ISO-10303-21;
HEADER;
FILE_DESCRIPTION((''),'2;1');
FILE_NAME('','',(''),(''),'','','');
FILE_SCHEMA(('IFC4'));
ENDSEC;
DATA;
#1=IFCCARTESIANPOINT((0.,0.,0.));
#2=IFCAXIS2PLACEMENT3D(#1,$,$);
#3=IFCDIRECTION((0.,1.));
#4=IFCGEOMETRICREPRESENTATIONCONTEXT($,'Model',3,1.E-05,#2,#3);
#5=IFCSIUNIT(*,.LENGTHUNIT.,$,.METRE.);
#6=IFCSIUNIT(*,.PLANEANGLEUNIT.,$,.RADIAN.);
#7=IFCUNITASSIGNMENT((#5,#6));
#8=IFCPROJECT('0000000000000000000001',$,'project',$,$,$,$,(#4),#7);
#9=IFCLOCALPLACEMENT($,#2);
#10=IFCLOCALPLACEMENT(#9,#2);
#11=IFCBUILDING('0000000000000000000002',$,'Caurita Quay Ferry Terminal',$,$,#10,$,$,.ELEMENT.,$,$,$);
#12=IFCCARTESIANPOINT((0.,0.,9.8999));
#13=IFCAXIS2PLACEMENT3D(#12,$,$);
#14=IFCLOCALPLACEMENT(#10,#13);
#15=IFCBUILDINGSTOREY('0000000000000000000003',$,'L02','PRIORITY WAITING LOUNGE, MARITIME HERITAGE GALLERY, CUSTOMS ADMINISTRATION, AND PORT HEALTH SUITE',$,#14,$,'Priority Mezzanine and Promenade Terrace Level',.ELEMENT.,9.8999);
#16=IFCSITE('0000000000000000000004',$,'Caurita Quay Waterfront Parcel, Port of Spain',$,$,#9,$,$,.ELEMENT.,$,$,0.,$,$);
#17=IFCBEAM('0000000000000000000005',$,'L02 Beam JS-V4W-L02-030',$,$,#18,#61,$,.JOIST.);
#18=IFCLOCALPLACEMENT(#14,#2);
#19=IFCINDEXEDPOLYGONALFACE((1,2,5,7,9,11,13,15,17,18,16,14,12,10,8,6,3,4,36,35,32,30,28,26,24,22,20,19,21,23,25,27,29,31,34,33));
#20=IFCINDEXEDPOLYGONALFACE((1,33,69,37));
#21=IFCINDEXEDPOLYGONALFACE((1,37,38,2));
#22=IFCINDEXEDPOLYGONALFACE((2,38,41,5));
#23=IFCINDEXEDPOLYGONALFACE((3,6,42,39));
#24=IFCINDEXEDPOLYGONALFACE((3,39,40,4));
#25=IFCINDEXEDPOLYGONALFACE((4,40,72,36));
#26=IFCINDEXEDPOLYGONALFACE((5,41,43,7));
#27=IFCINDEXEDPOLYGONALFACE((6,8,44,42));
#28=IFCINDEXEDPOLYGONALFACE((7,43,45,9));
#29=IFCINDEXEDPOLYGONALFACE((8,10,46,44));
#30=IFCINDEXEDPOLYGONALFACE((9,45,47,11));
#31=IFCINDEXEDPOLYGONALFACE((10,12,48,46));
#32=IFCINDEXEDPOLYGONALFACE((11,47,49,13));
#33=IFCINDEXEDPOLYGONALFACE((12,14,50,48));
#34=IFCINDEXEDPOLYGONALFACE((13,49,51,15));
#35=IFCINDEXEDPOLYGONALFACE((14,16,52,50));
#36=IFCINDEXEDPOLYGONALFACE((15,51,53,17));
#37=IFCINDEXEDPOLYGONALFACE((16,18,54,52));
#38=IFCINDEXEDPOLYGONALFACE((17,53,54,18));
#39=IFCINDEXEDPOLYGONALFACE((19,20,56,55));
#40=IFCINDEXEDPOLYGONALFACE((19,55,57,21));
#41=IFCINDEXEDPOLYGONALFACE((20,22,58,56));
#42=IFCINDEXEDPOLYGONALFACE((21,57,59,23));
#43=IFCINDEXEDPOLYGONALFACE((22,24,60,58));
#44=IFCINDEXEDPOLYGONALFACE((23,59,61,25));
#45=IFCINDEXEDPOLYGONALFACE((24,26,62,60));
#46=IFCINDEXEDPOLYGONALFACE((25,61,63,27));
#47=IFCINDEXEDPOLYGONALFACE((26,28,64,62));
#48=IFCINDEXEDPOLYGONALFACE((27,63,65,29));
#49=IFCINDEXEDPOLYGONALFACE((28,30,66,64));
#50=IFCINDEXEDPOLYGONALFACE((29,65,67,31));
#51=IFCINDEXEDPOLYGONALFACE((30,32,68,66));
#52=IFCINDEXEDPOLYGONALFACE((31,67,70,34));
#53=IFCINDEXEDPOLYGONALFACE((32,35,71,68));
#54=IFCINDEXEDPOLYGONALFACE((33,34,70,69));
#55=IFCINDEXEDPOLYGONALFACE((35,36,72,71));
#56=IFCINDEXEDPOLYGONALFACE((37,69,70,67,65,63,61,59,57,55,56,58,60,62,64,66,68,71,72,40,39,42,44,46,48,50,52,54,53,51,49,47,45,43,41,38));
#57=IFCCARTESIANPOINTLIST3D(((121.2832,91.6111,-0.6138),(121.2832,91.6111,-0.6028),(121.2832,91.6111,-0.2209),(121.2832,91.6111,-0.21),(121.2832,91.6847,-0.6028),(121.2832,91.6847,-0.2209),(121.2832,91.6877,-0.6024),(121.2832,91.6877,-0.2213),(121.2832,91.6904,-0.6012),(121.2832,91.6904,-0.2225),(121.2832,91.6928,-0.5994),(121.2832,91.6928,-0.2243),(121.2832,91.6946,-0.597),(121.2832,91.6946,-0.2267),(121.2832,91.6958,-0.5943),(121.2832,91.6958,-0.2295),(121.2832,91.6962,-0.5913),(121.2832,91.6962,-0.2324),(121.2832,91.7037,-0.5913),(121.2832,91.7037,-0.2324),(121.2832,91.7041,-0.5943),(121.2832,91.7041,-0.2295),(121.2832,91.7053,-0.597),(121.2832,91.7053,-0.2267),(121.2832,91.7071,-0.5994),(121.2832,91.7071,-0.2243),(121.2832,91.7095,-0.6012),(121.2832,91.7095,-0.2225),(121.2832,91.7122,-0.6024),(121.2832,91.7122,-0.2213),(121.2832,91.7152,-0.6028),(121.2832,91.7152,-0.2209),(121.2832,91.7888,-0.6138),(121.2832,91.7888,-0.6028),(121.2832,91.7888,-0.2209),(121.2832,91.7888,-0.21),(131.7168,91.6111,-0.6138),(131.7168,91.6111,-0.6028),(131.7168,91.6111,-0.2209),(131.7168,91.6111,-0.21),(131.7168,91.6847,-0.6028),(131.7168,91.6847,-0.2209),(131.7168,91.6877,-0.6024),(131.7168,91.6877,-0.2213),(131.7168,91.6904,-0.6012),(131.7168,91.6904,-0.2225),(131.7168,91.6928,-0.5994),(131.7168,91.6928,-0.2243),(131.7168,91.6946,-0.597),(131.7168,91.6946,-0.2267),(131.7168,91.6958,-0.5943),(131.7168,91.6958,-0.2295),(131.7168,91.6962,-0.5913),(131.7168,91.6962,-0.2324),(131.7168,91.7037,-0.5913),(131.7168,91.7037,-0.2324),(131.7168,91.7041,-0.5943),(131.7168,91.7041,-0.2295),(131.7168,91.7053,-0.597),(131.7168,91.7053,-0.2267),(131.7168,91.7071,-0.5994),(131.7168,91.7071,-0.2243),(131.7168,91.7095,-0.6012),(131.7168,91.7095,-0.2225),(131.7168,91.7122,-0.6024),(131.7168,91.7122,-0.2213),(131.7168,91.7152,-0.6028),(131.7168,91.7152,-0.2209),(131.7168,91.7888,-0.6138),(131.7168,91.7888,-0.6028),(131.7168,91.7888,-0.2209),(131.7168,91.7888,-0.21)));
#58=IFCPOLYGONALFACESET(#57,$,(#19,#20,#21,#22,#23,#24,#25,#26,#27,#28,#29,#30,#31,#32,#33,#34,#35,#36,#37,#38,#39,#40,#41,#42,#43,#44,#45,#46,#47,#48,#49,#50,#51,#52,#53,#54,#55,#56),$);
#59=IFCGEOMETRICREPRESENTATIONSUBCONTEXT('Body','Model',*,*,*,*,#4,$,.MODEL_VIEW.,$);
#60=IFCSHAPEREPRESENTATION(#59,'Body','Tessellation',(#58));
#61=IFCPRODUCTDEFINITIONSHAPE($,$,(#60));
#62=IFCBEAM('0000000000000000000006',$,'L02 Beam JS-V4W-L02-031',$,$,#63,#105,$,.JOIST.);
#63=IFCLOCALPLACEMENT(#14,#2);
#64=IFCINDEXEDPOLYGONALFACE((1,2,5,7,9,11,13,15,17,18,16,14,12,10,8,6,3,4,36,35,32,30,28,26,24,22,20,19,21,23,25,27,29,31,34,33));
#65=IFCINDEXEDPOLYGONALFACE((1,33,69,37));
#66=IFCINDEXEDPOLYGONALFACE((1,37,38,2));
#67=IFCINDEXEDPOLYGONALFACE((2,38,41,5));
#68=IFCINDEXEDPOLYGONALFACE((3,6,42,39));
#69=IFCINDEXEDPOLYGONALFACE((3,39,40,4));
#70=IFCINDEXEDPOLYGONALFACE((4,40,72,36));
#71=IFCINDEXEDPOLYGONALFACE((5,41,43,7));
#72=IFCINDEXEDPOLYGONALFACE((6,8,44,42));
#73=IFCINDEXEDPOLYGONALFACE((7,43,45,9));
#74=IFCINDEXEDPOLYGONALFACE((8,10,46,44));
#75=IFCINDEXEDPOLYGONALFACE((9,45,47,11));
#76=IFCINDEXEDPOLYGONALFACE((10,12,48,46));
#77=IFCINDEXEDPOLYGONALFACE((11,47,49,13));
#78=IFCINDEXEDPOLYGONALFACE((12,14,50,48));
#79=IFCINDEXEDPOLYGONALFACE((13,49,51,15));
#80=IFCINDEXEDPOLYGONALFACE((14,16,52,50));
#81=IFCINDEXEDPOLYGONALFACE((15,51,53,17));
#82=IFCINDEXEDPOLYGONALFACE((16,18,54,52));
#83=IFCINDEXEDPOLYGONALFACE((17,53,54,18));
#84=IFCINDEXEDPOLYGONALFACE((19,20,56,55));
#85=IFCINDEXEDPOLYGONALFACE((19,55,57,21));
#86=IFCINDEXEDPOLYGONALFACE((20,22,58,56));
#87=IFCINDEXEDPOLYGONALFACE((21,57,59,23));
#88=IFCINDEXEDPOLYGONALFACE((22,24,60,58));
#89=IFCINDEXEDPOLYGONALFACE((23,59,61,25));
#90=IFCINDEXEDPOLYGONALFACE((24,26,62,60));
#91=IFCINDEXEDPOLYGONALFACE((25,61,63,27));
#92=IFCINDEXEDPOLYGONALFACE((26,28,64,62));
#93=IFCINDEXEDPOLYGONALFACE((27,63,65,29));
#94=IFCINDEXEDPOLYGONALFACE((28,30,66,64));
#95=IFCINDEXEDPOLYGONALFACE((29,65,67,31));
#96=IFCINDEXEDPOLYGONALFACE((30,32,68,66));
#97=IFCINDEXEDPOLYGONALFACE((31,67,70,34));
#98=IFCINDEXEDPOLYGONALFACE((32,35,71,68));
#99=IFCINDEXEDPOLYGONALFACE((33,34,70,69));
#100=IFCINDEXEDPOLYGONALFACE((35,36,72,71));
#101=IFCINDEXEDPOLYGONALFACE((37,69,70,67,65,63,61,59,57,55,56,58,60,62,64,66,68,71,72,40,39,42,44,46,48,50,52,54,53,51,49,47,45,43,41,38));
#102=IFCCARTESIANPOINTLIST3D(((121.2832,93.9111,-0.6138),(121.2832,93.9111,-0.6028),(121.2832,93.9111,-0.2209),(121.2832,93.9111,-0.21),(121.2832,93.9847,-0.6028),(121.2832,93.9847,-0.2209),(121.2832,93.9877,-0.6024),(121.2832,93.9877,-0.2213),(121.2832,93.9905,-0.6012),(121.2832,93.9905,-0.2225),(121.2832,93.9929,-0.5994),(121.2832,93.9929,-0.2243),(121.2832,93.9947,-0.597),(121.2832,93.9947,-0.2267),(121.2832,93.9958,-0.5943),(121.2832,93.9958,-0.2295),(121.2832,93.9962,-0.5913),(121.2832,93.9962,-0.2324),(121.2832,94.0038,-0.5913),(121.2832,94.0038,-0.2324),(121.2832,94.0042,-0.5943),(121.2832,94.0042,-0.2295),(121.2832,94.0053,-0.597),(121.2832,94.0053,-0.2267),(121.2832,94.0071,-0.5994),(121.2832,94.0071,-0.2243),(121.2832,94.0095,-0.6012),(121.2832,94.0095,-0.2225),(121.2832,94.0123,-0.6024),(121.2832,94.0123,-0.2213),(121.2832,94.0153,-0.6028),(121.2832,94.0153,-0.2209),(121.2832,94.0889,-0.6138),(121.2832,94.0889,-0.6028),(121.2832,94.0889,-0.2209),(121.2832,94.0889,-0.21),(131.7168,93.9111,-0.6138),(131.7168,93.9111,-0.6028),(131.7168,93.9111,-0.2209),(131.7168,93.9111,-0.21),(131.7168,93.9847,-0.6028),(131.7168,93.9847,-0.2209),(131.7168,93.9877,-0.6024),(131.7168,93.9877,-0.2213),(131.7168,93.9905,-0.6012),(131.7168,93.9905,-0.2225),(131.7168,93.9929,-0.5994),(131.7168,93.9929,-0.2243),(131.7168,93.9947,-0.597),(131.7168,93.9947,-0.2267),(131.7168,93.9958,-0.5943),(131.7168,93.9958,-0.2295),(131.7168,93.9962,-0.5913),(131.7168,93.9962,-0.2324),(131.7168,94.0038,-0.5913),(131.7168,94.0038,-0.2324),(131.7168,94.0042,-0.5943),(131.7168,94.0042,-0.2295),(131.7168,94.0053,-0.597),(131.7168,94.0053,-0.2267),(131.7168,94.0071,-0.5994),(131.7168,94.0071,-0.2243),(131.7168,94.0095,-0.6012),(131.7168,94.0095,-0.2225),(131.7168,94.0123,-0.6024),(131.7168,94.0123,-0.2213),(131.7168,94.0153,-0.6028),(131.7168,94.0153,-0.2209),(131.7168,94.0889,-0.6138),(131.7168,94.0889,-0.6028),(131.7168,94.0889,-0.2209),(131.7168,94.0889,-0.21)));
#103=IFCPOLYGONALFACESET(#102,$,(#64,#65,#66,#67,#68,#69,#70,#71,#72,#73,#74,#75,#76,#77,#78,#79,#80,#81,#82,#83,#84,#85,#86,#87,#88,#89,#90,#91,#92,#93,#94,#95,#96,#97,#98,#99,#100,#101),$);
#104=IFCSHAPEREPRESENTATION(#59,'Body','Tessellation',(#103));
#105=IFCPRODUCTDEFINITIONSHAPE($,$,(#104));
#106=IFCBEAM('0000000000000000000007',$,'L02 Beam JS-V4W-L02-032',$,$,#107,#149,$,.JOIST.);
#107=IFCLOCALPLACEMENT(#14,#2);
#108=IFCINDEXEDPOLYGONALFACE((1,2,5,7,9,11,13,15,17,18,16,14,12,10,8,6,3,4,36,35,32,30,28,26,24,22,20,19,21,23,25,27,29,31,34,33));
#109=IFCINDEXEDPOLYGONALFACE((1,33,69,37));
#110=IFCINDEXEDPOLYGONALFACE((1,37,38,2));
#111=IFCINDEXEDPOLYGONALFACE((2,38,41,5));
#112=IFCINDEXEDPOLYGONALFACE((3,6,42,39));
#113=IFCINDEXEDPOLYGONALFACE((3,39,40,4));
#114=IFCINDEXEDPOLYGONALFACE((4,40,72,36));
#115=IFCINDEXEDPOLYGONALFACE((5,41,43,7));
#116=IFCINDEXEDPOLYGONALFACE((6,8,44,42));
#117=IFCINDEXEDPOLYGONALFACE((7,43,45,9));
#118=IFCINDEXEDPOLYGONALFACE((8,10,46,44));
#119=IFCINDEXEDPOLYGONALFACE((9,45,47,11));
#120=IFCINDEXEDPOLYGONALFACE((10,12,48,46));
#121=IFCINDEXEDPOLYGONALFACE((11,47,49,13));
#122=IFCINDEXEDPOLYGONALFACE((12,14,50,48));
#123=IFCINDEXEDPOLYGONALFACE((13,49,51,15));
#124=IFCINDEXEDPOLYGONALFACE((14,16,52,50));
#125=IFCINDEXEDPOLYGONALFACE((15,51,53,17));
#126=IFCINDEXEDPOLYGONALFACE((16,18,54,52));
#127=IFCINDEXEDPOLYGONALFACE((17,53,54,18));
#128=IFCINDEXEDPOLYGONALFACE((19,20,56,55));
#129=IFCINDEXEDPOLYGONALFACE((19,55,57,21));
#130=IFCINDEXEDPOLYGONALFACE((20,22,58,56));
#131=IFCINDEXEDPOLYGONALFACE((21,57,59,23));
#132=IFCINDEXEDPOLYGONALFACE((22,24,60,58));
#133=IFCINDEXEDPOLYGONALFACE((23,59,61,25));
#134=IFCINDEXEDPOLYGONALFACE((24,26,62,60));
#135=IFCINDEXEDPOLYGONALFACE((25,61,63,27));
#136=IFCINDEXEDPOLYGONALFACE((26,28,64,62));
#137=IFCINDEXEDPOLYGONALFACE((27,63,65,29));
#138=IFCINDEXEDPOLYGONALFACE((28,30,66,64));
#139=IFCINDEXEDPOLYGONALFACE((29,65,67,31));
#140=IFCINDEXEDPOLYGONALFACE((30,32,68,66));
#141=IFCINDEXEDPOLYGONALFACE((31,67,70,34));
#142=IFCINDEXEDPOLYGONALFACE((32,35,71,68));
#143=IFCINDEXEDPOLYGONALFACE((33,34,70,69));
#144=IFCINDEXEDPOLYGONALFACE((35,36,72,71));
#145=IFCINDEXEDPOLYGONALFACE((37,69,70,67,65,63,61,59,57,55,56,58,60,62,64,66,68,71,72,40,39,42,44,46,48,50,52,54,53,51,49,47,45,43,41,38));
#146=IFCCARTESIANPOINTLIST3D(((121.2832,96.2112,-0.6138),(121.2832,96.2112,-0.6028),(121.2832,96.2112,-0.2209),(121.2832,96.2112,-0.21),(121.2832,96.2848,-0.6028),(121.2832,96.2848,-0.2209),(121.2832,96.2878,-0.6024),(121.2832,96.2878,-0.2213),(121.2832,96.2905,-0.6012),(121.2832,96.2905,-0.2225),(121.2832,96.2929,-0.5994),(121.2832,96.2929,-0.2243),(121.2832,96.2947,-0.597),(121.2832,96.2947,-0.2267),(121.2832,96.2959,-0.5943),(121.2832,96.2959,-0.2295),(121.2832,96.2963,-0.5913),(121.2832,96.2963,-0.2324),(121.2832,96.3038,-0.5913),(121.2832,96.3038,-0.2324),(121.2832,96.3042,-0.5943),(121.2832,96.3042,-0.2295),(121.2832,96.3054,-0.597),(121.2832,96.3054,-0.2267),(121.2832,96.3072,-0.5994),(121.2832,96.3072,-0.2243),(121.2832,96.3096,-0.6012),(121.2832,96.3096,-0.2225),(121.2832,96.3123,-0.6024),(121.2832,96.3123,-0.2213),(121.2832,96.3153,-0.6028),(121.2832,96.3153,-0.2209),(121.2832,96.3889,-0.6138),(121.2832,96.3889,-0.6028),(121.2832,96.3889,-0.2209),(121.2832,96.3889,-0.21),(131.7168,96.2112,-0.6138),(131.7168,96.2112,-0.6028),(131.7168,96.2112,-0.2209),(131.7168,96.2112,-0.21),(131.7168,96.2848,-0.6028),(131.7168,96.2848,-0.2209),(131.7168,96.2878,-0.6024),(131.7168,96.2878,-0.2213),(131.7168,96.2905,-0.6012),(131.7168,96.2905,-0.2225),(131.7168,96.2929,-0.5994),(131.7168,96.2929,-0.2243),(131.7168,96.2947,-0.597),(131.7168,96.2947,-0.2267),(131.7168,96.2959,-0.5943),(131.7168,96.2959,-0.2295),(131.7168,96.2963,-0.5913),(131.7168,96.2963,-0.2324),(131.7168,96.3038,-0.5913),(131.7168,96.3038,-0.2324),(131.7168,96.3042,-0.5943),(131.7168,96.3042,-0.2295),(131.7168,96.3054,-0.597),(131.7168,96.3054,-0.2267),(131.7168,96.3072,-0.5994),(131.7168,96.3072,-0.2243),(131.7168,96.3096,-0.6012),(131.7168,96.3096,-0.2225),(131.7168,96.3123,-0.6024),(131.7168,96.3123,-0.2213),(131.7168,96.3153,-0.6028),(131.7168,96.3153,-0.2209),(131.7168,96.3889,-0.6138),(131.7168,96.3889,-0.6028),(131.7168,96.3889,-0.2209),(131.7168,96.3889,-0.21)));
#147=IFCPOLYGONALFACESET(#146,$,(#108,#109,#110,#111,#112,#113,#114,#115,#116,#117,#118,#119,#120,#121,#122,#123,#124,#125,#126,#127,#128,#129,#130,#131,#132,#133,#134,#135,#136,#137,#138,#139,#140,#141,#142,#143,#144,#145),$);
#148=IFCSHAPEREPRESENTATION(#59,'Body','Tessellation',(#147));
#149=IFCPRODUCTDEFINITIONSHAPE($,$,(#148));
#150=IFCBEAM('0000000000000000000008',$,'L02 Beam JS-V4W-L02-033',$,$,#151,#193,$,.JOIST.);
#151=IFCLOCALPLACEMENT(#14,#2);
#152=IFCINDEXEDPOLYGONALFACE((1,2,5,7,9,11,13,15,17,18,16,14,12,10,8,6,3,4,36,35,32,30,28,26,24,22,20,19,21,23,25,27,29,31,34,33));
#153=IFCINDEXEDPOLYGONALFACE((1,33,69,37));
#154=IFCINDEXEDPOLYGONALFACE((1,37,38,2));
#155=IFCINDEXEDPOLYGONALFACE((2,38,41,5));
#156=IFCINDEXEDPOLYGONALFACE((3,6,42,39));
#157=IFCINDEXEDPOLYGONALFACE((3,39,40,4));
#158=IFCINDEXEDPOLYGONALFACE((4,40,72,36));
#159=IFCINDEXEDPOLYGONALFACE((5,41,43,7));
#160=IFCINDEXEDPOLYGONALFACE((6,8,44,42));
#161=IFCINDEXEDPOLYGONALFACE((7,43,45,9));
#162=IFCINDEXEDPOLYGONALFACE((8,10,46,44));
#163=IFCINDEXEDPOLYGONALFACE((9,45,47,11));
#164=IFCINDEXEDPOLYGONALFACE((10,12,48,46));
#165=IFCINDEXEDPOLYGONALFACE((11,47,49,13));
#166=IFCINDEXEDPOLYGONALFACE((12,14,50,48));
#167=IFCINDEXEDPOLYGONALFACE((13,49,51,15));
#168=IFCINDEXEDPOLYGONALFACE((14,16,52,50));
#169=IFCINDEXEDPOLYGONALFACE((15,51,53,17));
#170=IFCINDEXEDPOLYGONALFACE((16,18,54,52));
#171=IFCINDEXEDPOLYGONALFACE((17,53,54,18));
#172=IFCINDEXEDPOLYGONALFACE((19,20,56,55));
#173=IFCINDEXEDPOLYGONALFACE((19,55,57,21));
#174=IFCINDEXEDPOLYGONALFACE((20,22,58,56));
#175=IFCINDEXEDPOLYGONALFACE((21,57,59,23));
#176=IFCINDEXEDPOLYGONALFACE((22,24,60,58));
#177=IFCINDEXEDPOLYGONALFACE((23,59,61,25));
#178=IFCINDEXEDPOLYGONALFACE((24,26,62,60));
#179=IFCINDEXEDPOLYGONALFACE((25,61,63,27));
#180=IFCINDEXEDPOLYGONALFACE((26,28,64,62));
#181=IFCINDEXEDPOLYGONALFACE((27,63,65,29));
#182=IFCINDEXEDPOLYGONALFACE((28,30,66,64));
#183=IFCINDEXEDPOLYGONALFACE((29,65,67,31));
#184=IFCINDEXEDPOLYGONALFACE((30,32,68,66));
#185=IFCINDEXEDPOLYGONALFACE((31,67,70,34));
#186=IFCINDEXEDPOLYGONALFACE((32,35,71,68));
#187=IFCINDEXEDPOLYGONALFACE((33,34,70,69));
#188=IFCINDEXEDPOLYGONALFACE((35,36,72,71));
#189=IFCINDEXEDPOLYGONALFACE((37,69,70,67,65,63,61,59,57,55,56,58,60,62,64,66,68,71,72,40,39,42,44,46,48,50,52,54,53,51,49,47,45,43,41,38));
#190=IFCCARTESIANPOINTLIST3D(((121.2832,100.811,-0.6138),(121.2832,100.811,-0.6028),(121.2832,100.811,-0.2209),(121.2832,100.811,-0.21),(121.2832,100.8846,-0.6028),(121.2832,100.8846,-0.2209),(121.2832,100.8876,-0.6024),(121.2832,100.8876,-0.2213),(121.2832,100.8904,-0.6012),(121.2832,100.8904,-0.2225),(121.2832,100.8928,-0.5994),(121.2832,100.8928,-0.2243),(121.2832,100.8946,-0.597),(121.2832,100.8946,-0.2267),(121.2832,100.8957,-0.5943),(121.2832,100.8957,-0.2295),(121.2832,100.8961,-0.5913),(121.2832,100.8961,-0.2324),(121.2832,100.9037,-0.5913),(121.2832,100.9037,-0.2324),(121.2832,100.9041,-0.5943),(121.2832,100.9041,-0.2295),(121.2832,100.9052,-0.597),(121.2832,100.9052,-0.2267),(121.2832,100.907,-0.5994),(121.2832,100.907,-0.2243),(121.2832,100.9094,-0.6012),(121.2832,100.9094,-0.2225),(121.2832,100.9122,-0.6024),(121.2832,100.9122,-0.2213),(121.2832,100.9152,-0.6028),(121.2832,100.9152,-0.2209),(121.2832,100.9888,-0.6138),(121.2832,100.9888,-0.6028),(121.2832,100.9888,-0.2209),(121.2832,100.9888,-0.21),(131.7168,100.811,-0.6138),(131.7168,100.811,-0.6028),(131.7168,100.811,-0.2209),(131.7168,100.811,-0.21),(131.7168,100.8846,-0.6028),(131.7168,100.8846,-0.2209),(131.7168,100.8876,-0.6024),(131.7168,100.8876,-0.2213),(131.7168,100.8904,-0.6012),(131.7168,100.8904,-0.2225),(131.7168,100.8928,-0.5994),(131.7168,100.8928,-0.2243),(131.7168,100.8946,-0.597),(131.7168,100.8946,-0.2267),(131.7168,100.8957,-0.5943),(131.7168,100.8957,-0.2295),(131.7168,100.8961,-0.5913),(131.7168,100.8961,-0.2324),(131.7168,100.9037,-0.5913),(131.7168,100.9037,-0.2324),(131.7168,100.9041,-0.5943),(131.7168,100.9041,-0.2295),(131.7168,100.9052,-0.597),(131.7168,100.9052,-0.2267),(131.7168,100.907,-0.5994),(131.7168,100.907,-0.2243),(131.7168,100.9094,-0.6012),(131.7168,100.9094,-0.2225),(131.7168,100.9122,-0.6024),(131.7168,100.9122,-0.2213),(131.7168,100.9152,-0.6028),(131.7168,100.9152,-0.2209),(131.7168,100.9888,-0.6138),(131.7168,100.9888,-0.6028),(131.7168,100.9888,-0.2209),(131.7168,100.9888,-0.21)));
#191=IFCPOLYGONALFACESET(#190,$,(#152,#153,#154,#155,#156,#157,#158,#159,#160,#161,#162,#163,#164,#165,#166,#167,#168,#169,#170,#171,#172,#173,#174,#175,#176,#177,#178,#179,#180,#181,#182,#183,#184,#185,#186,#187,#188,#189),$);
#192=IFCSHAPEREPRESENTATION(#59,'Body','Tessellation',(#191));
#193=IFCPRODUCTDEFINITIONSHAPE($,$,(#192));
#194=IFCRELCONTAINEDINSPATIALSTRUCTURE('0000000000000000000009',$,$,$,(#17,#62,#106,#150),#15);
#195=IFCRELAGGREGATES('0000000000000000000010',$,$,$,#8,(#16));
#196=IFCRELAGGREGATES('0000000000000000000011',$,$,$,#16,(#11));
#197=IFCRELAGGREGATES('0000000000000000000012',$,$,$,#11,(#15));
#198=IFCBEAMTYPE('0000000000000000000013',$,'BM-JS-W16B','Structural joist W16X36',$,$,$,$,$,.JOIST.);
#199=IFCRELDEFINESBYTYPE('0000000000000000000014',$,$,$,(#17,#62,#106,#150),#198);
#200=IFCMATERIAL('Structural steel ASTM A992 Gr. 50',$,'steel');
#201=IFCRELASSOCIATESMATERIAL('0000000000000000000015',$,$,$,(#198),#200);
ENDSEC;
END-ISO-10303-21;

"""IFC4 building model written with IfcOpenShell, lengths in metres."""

from ifc_helpers import new_model, si_unit, direction, frame, origin, origin_2d, place, context, subcontext, project, spatial, i_section, extrude, material, material_profile, profile_set, type_object, element, save


model = new_model("IFC4")

# Units and contexts
model_context = context("Model", 3, precision=1e-05, world=origin(), true_north=direction((0.0, 1.0)))
body_context = subcontext(model_context, "Body", "Model", "MODEL_VIEW")
ifc_project = project(units=[si_unit("LENGTHUNIT", "METRE"), si_unit("PLANEANGLEUNIT", "RADIAN")], contexts=[model_context])

# Site, building, storey
site_placement = place(None, origin())
site = spatial("IfcSite", under=ifc_project, at=site_placement, Name="Caurita Quay Waterfront Parcel, Port of Spain", CompositionType="ELEMENT", RefElevation=0.0)
building_placement = place(site_placement, origin())
building = spatial("IfcBuilding", under=site, at=building_placement, Name="Caurita Quay Ferry Terminal", CompositionType="ELEMENT")
storey_placement = place(building_placement, frame((0.0, 0.0, 9.8999)))
storey = spatial("IfcBuildingStorey", under=building, at=storey_placement, Name="L02", Description="PRIORITY WAITING LOUNGE, MARITIME HERITAGE GALLERY, CUSTOMS ADMINISTRATION, AND PORT HEALTH SUITE", LongName="Priority Mezzanine and Promenade Terrace Level", CompositionType="ELEMENT", Elevation=9.8999)

# Beams
ifc_material_1 = material(Name="Structural steel ASTM A992 Gr. 50", Category="steel")
ifc_material_profile_1 = material_profile(ifc_material_1, i_section(OverallWidth=0.1777, OverallDepth=0.4038, WebThickness=0.0076, FlangeThickness=0.011, FilletRadius=0.0115, at=origin_2d()), Name="W16X36")
ifc_profile_set_1 = profile_set([ifc_material_profile_1], Name="Structural steel ASTM A992 Gr. 50")
beam_type_1 = type_object("IfcBeamType", Name="BM-JS-W16B", Description="Structural joist W16X36", PredefinedType="JOIST", material=ifc_profile_set_1)
for number, where, z_axis, x_axis, name in (
    (1, (121.2832, 91.7, -0.4119), (1.0, 0.0, 0.0), (0.0, 1.0, 0.0), "L02 Beam JS-V4W-L02-030"),
    (2, (121.2832, 94.0, -0.4119), (1.0, 0.0, 0.0), (0.0, 1.0, 0.0), "L02 Beam JS-V4W-L02-031"),
    (3, (121.2832, 96.3, -0.4119), (1.0, 0.0, 0.0), (0.0, 1.0, 0.0), "L02 Beam JS-V4W-L02-032"),
    (4, (121.2832, 100.8999, -0.4119), (1.0, 0.0, 0.0), (0.0, 1.0, 0.0), "L02 Beam JS-V4W-L02-033"),
):
    element("IfcBeam", number, at=place(storey_placement, frame(where, z_axis=z_axis, x_axis=x_axis)), inside=storey, type_object=beam_type_1, Name=name, PredefinedType="JOIST", context=body_context, shape_type="SweptSolid", body=[
        extrude(i_section(OverallWidth=0.1777, OverallDepth=0.4038, WebThickness=0.0076, FlangeThickness=0.011, FilletRadius=0.0115, at=origin_2d()), origin(), (0.0, 0.0, 1.0), 10.4336),
    ])

save(model, "model.ifc")
